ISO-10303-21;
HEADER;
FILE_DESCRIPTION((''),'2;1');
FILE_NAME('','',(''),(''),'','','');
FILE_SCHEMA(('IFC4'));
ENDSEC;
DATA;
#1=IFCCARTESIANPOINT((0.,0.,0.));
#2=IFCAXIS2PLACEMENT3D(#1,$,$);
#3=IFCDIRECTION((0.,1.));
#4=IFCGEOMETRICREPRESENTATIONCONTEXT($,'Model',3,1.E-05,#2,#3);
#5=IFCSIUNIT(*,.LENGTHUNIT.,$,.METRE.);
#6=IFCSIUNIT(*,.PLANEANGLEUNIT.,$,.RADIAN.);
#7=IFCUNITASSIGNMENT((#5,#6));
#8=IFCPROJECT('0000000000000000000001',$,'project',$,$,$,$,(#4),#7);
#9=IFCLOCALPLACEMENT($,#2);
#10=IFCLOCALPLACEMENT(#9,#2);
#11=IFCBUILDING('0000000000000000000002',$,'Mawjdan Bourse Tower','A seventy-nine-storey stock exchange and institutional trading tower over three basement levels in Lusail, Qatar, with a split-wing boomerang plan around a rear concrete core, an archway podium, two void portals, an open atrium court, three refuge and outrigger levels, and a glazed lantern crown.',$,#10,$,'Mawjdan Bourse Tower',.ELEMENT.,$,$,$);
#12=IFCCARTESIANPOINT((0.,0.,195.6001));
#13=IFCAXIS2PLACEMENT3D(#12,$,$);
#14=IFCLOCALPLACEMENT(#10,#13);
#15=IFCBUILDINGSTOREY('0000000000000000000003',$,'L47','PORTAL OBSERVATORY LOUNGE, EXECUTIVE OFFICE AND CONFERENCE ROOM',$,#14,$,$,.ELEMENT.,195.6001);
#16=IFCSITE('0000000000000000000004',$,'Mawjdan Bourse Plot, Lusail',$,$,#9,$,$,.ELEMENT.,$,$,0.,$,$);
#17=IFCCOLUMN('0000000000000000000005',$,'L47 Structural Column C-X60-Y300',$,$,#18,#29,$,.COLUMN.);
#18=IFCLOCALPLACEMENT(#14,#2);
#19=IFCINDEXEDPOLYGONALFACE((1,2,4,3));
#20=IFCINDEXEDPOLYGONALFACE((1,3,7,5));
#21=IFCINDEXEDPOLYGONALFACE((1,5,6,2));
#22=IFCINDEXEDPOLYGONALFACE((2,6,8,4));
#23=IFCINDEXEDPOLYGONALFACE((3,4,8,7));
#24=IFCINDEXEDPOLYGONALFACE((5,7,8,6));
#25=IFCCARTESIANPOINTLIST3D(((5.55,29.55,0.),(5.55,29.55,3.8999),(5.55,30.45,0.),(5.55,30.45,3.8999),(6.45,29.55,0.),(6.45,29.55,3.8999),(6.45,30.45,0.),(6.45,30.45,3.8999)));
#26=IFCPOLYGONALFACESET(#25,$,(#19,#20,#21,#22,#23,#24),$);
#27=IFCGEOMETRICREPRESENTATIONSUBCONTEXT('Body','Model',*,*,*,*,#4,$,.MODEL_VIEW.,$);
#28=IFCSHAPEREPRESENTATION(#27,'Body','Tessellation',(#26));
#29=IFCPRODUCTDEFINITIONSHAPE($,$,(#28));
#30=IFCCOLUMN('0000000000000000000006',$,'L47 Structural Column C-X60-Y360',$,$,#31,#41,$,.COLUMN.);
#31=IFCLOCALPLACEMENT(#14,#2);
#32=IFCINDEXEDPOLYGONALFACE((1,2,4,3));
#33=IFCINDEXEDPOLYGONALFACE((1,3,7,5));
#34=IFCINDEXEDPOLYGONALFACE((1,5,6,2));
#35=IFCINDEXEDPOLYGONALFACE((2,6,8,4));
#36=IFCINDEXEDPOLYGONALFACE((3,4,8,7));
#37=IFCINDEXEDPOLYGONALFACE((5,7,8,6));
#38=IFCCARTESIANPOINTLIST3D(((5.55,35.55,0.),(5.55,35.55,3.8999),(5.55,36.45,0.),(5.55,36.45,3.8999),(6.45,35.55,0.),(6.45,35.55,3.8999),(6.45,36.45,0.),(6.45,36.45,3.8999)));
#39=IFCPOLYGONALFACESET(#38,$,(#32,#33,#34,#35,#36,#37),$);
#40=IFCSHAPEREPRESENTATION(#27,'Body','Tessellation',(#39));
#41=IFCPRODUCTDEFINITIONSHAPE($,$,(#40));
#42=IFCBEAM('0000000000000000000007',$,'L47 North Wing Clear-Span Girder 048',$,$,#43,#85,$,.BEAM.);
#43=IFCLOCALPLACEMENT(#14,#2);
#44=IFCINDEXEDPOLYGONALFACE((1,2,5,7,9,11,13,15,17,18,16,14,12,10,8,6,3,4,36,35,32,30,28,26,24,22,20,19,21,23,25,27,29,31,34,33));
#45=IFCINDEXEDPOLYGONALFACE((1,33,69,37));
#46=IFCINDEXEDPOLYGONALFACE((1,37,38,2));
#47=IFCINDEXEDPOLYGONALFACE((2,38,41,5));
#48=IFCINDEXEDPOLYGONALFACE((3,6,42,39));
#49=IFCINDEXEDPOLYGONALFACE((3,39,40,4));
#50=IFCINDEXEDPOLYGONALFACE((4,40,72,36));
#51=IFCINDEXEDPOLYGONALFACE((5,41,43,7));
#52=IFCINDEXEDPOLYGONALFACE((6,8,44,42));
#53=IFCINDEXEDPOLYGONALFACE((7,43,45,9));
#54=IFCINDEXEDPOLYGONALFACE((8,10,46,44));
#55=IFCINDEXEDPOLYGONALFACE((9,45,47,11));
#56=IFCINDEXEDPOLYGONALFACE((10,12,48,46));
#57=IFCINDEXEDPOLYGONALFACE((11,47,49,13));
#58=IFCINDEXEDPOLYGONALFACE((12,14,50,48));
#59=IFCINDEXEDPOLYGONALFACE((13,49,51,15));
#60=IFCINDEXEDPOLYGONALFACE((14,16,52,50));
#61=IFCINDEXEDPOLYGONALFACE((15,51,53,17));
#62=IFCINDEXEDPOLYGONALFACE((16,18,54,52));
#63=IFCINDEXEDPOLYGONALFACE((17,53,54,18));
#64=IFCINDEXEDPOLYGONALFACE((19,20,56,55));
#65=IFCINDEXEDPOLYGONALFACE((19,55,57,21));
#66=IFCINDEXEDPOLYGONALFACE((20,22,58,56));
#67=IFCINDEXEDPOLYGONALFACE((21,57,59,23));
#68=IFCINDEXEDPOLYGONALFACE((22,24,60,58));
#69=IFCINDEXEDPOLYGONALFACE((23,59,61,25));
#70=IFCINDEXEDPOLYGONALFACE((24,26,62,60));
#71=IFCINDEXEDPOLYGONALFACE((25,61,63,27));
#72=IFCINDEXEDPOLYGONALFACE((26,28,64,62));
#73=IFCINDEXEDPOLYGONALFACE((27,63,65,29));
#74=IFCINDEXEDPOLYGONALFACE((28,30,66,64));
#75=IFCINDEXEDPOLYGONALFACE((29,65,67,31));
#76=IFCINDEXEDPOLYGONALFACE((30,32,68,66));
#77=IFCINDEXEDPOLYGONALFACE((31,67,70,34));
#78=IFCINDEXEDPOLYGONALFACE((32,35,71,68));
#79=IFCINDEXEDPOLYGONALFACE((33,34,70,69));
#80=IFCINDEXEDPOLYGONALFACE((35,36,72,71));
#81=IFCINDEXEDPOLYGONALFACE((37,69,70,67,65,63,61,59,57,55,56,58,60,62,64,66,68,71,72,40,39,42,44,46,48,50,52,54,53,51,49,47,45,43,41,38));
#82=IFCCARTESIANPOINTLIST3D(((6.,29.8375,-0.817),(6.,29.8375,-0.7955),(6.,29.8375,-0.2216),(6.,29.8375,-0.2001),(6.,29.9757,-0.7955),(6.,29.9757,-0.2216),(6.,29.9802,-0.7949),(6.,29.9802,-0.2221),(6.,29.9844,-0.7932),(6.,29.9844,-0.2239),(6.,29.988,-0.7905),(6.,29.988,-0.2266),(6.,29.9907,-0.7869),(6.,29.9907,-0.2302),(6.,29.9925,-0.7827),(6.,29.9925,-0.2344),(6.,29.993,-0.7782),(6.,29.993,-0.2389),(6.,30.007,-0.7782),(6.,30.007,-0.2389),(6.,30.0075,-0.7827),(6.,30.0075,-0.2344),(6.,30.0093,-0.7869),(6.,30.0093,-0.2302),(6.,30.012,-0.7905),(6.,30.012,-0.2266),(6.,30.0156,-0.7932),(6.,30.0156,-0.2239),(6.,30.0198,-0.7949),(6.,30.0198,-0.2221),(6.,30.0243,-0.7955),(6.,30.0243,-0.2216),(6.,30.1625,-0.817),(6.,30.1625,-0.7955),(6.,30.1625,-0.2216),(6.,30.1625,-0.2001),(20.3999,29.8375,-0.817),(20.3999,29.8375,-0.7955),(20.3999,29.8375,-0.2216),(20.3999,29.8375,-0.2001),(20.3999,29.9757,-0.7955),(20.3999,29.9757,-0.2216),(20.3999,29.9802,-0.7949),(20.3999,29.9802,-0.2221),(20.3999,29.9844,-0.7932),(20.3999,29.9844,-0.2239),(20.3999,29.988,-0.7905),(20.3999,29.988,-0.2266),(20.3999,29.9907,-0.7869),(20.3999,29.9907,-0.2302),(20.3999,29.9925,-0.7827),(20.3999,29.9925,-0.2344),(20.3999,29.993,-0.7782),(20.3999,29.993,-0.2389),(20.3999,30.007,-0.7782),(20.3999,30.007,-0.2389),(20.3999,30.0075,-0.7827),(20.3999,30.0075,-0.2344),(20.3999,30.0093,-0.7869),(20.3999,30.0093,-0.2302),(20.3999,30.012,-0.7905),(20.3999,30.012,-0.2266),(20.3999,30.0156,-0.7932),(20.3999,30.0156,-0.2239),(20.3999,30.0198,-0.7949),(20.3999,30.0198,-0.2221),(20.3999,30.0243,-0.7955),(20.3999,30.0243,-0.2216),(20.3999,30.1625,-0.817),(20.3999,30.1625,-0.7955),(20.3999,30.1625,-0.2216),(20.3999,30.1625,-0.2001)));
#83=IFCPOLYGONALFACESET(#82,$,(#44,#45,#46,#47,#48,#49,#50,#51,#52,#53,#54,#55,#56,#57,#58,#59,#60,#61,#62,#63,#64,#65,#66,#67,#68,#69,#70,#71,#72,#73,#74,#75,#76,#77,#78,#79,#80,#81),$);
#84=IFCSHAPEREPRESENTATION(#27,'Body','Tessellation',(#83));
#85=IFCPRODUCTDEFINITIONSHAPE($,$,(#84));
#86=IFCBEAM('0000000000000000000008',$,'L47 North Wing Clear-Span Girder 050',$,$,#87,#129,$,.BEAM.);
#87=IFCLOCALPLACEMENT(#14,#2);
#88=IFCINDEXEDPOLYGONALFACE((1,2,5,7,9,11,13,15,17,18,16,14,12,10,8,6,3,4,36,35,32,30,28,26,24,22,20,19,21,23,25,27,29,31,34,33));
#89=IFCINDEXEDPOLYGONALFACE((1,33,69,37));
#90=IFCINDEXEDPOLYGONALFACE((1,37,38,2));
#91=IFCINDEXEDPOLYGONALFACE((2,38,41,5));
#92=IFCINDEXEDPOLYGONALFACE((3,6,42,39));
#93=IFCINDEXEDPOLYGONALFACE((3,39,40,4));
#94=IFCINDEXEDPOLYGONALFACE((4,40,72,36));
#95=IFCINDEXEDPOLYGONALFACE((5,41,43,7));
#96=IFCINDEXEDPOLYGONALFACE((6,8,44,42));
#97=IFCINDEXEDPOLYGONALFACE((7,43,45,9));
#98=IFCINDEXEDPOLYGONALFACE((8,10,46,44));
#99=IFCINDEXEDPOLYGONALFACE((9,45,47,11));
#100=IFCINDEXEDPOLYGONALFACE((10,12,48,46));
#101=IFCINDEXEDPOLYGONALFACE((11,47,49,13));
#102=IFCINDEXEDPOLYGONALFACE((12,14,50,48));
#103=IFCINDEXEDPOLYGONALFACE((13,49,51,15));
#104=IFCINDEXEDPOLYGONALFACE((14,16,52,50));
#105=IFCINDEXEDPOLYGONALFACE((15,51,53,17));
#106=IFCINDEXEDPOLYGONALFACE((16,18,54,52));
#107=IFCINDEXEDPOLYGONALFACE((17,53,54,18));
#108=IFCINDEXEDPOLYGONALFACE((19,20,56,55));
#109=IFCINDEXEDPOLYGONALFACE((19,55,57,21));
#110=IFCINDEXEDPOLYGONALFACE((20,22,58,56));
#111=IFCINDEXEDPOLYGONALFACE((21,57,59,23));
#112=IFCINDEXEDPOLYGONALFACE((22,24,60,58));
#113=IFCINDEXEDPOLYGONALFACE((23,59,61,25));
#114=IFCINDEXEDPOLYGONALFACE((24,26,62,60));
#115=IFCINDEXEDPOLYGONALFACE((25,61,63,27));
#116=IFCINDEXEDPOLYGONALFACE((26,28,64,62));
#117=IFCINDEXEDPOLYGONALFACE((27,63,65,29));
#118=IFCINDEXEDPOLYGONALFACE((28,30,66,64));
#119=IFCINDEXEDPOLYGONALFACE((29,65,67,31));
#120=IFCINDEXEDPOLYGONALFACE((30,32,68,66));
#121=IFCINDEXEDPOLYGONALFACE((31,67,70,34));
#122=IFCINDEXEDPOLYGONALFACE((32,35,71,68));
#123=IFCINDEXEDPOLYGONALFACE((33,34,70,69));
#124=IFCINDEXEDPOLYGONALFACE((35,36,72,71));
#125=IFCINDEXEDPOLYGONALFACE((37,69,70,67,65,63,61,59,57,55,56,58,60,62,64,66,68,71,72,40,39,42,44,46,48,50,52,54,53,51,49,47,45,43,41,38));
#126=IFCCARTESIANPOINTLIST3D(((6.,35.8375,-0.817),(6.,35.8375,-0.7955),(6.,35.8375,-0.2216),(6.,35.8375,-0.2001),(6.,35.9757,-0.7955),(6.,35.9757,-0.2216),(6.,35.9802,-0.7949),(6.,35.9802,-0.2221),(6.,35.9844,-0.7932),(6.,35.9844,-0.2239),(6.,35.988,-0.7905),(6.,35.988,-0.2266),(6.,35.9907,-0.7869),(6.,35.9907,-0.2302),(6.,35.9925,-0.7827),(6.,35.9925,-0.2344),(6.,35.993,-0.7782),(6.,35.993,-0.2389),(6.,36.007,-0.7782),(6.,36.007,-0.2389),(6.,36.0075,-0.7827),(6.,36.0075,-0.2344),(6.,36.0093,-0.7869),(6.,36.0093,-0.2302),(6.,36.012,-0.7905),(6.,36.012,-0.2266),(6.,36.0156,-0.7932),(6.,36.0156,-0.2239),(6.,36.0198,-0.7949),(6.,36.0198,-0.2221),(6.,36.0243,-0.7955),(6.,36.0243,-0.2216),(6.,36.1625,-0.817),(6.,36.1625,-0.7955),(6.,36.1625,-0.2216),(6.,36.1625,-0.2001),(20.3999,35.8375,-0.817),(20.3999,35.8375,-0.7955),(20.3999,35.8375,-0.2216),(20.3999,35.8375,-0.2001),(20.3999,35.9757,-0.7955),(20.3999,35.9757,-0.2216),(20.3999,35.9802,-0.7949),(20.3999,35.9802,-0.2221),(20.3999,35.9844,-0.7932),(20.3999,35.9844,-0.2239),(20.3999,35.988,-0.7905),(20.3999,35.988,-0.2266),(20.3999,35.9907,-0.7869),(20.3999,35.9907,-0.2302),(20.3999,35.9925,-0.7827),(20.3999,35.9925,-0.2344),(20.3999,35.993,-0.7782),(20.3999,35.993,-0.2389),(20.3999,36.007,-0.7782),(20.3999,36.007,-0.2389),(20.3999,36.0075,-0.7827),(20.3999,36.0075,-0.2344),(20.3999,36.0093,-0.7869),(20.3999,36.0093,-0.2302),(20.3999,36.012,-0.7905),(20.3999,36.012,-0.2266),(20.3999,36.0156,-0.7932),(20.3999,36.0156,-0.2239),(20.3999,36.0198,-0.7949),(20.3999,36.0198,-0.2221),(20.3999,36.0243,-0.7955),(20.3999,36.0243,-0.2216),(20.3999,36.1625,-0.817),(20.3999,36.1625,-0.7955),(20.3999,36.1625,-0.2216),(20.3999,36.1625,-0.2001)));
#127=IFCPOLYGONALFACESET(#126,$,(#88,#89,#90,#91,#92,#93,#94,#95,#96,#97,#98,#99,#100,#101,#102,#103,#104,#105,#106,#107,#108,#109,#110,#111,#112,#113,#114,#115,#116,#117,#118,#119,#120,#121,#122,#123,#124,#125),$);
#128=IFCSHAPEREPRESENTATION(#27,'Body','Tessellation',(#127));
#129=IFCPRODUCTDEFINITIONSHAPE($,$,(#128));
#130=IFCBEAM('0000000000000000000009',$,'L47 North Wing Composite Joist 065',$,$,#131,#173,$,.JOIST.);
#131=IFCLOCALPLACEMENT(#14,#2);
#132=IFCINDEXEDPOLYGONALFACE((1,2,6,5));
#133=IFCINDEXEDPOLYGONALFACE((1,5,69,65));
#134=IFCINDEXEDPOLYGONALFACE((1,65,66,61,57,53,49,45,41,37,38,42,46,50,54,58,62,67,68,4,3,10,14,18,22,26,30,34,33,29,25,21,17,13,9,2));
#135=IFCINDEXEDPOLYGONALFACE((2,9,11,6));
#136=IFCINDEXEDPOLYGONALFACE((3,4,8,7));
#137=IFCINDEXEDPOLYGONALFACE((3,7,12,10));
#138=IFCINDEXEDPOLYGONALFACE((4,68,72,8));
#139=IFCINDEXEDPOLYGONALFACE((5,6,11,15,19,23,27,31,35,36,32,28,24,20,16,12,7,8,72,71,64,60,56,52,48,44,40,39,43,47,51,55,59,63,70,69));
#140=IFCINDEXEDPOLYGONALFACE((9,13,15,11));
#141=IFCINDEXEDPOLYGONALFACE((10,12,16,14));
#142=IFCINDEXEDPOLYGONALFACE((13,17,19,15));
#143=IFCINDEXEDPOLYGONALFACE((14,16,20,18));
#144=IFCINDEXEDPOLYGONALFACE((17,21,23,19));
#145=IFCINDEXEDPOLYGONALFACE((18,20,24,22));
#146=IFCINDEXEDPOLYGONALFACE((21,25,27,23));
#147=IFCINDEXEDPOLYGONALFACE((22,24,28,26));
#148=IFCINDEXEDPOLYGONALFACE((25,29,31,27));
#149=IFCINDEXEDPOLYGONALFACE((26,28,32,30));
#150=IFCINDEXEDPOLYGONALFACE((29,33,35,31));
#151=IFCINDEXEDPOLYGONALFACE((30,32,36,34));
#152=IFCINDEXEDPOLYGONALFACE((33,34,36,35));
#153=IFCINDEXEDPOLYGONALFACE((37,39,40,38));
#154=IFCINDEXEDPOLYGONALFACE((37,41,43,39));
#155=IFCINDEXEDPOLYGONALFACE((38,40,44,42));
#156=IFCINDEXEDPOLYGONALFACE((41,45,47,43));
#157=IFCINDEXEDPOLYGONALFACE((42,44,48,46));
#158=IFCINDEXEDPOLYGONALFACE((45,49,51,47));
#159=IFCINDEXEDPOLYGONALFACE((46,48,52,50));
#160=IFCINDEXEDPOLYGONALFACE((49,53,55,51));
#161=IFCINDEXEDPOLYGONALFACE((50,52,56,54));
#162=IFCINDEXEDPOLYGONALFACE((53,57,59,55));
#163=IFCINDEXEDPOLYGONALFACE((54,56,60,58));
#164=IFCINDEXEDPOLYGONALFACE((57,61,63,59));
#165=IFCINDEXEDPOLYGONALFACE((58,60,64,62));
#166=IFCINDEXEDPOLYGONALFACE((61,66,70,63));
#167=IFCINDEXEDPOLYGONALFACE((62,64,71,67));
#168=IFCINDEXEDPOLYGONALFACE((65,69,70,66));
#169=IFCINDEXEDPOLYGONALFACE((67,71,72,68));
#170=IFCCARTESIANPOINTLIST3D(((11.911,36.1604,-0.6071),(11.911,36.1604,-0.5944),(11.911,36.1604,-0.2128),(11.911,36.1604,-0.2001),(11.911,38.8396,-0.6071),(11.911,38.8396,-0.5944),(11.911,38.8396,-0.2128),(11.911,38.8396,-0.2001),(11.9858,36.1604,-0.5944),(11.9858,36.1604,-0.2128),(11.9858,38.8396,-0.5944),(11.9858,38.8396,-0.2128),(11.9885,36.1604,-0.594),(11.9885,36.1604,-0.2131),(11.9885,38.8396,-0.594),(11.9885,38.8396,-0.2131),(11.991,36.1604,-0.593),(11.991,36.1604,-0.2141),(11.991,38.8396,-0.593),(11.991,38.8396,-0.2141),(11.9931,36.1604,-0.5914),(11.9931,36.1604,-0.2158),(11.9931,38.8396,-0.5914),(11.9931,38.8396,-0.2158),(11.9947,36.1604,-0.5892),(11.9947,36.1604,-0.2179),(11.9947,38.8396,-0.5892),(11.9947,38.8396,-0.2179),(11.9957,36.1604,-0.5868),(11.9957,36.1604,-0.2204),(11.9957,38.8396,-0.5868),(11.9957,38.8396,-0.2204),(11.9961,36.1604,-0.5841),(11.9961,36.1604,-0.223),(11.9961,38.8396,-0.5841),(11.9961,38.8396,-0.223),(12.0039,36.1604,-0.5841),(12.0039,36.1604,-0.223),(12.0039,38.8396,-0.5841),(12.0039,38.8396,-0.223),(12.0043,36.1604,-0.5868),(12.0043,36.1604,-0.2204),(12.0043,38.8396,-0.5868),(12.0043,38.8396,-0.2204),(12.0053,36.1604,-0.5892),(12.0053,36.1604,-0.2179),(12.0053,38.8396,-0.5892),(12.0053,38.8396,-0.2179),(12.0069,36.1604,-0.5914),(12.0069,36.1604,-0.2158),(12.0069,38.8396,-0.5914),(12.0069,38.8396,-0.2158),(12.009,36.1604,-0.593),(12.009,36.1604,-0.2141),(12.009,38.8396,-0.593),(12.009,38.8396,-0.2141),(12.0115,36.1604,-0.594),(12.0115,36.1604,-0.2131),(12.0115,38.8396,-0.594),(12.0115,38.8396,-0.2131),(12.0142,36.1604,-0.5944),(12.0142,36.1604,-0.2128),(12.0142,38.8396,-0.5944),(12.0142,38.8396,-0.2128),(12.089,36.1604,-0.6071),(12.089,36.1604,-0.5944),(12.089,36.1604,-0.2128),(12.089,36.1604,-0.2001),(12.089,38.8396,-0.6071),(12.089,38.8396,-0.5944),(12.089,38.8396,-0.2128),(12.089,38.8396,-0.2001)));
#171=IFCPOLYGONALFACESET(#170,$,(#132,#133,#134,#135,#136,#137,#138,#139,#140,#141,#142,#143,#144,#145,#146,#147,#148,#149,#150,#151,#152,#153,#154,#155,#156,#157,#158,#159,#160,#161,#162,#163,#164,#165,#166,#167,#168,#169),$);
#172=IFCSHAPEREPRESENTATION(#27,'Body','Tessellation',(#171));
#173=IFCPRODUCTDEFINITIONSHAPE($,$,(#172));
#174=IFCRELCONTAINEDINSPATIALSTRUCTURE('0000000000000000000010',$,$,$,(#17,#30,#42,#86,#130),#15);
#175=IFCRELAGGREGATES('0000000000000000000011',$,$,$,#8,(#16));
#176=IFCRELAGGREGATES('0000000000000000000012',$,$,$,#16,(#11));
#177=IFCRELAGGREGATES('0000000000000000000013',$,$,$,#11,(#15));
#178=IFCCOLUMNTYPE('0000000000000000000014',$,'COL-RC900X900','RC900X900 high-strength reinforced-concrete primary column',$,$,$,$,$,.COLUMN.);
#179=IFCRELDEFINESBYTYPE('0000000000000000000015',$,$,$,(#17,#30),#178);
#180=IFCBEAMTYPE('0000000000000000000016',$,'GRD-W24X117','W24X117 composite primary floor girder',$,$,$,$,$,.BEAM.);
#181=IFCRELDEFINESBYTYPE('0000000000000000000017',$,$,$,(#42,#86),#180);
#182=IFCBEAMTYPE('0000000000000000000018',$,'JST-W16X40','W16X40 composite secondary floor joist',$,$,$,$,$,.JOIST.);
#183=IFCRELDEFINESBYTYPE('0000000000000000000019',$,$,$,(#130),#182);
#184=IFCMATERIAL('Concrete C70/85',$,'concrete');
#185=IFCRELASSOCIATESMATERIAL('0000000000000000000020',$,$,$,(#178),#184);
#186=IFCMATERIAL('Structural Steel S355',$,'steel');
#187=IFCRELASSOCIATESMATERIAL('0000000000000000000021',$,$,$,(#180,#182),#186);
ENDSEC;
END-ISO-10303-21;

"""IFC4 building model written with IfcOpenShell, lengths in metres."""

from ifc_helpers import new_model, si_unit, direction, frame, origin, origin_2d, place, context, subcontext, project, spatial, rectangle, i_section, extrude, material, material_profile, profile_set, type_object, element, save


model = new_model("IFC4")

# Units and contexts
model_context = context("Model", 3, precision=1e-05, world=origin(), true_north=direction((0.0, 1.0)))
body_context = subcontext(model_context, "Body", "Model", "MODEL_VIEW")
ifc_project = project(units=[si_unit("LENGTHUNIT", "METRE"), si_unit("PLANEANGLEUNIT", "RADIAN")], contexts=[model_context])

# Site, building, storey
site_placement = place(None, origin())
site = spatial("IfcSite", under=ifc_project, at=site_placement, Name="Mawjdan Bourse Plot, Lusail", CompositionType="ELEMENT", RefElevation=0.0)
building_placement = place(site_placement, origin())
building = spatial("IfcBuilding", under=site, at=building_placement, Name="Mawjdan Bourse Tower", Description="A seventy-nine-storey stock exchange and institutional trading tower over three basement levels in Lusail, Qatar, with a split-wing boomerang plan around a rear concrete core, an archway podium, two void portals, an open atrium court, three refuge and outrigger levels, and a glazed lantern crown.", LongName="Mawjdan Bourse Tower", CompositionType="ELEMENT")
storey_placement = place(building_placement, frame((0.0, 0.0, 195.6001)))
storey = spatial("IfcBuildingStorey", under=building, at=storey_placement, Name="L47", Description="PORTAL OBSERVATORY LOUNGE, EXECUTIVE OFFICE AND CONFERENCE ROOM", CompositionType="ELEMENT", Elevation=195.6001)

# Columns
ifc_material_1 = material(Name="Concrete C70/85", Category="concrete")
ifc_material_profile_1 = material_profile(ifc_material_1, rectangle(XDim=0.8999, YDim=0.8999, at=origin_2d()), Name="RC900X900")
ifc_profile_set_1 = profile_set([ifc_material_profile_1], Name="Concrete C70/85")
column_type = type_object("IfcColumnType", Name="COL-RC900X900", Description="RC900X900 high-strength reinforced-concrete primary column", PredefinedType="COLUMN", material=ifc_profile_set_1)
for number, where, z_axis, x_axis, name in (
    (1, (6.0, 30.0, 0.0), (0.0, 0.0, 1.0), (1.0, 0.0, 0.0), "L47 Structural Column C-X60-Y300"),
    (2, (6.0, 36.0, 0.0), (0.0, 0.0, 1.0), (1.0, 0.0, 0.0), "L47 Structural Column C-X60-Y360"),
):
    element("IfcColumn", number, at=place(storey_placement, frame(where, z_axis=z_axis, x_axis=x_axis)), inside=storey, type_object=column_type, Name=name, PredefinedType="COLUMN", context=body_context, shape_type="SweptSolid", body=[
        extrude(rectangle(XDim=0.8999, YDim=0.8999, at=origin_2d()), origin(), (0.0, 0.0, 1.0), 3.8999),
    ])

# Beams
ifc_material_2 = material(Name="Structural Steel S355", Category="steel")
ifc_material_profile_2 = material_profile(ifc_material_2, i_section(OverallWidth=0.325, OverallDepth=0.6169, WebThickness=0.0139, FlangeThickness=0.0215, FilletRadius=0.0173, at=origin_2d()), Name="W24X117")
ifc_profile_set_2 = profile_set([ifc_material_profile_2], Name="Structural Steel S355")
beam_type_1 = type_object("IfcBeamType", Name="GRD-W24X117", Description="W24X117 composite primary floor girder", PredefinedType="BEAM", material=ifc_profile_set_2)
for number, where, z_axis, x_axis, name in (
    (3, (6.0, 30.0, -0.5085), (1.0, 0.0, 0.0), (0.0, 1.0, 0.0), "L47 North Wing Clear-Span Girder 048"),
    (4, (6.0, 36.0, -0.5085), (1.0, 0.0, 0.0), (0.0, 1.0, 0.0), "L47 North Wing Clear-Span Girder 050"),
):
    element("IfcBeam", number, at=place(storey_placement, frame(where, z_axis=z_axis, x_axis=x_axis)), inside=storey, type_object=beam_type_1, Name=name, PredefinedType="BEAM", context=body_context, shape_type="SweptSolid", body=[
        extrude(i_section(OverallWidth=0.325, OverallDepth=0.6169, WebThickness=0.0139, FlangeThickness=0.0215, FilletRadius=0.0173, at=origin_2d()), origin(), (0.0, 0.0, 1.0), 14.3999),
    ])
ifc_material_profile_3 = material_profile(ifc_material_2, i_section(OverallWidth=0.178, OverallDepth=0.407, WebThickness=0.0078, FlangeThickness=0.0127, FilletRadius=0.0103, at=origin_2d()), Name="W16X40")
ifc_profile_set_3 = profile_set([ifc_material_profile_3], Name="Structural Steel S355")
beam_type_2 = type_object("IfcBeamType", Name="JST-W16X40", Description="W16X40 composite secondary floor joist", PredefinedType="JOIST", material=ifc_profile_set_3)
for number, where, z_axis, x_axis, name in (
    (5, (12.0, 36.1604, -0.4036), (0.0, 1.0, 0.0), (-1.0, 0.0, 0.0), "L47 North Wing Composite Joist 065"),
):
    element("IfcBeam", number, at=place(storey_placement, frame(where, z_axis=z_axis, x_axis=x_axis)), inside=storey, type_object=beam_type_2, Name=name, PredefinedType="JOIST", context=body_context, shape_type="SweptSolid", body=[
        extrude(i_section(OverallWidth=0.178, OverallDepth=0.407, WebThickness=0.0078, FlangeThickness=0.0127, FilletRadius=0.0103, at=origin_2d()), origin(), (0.0, 0.0, 1.0), 2.6792),
    ])

save(model, "model.ifc")
